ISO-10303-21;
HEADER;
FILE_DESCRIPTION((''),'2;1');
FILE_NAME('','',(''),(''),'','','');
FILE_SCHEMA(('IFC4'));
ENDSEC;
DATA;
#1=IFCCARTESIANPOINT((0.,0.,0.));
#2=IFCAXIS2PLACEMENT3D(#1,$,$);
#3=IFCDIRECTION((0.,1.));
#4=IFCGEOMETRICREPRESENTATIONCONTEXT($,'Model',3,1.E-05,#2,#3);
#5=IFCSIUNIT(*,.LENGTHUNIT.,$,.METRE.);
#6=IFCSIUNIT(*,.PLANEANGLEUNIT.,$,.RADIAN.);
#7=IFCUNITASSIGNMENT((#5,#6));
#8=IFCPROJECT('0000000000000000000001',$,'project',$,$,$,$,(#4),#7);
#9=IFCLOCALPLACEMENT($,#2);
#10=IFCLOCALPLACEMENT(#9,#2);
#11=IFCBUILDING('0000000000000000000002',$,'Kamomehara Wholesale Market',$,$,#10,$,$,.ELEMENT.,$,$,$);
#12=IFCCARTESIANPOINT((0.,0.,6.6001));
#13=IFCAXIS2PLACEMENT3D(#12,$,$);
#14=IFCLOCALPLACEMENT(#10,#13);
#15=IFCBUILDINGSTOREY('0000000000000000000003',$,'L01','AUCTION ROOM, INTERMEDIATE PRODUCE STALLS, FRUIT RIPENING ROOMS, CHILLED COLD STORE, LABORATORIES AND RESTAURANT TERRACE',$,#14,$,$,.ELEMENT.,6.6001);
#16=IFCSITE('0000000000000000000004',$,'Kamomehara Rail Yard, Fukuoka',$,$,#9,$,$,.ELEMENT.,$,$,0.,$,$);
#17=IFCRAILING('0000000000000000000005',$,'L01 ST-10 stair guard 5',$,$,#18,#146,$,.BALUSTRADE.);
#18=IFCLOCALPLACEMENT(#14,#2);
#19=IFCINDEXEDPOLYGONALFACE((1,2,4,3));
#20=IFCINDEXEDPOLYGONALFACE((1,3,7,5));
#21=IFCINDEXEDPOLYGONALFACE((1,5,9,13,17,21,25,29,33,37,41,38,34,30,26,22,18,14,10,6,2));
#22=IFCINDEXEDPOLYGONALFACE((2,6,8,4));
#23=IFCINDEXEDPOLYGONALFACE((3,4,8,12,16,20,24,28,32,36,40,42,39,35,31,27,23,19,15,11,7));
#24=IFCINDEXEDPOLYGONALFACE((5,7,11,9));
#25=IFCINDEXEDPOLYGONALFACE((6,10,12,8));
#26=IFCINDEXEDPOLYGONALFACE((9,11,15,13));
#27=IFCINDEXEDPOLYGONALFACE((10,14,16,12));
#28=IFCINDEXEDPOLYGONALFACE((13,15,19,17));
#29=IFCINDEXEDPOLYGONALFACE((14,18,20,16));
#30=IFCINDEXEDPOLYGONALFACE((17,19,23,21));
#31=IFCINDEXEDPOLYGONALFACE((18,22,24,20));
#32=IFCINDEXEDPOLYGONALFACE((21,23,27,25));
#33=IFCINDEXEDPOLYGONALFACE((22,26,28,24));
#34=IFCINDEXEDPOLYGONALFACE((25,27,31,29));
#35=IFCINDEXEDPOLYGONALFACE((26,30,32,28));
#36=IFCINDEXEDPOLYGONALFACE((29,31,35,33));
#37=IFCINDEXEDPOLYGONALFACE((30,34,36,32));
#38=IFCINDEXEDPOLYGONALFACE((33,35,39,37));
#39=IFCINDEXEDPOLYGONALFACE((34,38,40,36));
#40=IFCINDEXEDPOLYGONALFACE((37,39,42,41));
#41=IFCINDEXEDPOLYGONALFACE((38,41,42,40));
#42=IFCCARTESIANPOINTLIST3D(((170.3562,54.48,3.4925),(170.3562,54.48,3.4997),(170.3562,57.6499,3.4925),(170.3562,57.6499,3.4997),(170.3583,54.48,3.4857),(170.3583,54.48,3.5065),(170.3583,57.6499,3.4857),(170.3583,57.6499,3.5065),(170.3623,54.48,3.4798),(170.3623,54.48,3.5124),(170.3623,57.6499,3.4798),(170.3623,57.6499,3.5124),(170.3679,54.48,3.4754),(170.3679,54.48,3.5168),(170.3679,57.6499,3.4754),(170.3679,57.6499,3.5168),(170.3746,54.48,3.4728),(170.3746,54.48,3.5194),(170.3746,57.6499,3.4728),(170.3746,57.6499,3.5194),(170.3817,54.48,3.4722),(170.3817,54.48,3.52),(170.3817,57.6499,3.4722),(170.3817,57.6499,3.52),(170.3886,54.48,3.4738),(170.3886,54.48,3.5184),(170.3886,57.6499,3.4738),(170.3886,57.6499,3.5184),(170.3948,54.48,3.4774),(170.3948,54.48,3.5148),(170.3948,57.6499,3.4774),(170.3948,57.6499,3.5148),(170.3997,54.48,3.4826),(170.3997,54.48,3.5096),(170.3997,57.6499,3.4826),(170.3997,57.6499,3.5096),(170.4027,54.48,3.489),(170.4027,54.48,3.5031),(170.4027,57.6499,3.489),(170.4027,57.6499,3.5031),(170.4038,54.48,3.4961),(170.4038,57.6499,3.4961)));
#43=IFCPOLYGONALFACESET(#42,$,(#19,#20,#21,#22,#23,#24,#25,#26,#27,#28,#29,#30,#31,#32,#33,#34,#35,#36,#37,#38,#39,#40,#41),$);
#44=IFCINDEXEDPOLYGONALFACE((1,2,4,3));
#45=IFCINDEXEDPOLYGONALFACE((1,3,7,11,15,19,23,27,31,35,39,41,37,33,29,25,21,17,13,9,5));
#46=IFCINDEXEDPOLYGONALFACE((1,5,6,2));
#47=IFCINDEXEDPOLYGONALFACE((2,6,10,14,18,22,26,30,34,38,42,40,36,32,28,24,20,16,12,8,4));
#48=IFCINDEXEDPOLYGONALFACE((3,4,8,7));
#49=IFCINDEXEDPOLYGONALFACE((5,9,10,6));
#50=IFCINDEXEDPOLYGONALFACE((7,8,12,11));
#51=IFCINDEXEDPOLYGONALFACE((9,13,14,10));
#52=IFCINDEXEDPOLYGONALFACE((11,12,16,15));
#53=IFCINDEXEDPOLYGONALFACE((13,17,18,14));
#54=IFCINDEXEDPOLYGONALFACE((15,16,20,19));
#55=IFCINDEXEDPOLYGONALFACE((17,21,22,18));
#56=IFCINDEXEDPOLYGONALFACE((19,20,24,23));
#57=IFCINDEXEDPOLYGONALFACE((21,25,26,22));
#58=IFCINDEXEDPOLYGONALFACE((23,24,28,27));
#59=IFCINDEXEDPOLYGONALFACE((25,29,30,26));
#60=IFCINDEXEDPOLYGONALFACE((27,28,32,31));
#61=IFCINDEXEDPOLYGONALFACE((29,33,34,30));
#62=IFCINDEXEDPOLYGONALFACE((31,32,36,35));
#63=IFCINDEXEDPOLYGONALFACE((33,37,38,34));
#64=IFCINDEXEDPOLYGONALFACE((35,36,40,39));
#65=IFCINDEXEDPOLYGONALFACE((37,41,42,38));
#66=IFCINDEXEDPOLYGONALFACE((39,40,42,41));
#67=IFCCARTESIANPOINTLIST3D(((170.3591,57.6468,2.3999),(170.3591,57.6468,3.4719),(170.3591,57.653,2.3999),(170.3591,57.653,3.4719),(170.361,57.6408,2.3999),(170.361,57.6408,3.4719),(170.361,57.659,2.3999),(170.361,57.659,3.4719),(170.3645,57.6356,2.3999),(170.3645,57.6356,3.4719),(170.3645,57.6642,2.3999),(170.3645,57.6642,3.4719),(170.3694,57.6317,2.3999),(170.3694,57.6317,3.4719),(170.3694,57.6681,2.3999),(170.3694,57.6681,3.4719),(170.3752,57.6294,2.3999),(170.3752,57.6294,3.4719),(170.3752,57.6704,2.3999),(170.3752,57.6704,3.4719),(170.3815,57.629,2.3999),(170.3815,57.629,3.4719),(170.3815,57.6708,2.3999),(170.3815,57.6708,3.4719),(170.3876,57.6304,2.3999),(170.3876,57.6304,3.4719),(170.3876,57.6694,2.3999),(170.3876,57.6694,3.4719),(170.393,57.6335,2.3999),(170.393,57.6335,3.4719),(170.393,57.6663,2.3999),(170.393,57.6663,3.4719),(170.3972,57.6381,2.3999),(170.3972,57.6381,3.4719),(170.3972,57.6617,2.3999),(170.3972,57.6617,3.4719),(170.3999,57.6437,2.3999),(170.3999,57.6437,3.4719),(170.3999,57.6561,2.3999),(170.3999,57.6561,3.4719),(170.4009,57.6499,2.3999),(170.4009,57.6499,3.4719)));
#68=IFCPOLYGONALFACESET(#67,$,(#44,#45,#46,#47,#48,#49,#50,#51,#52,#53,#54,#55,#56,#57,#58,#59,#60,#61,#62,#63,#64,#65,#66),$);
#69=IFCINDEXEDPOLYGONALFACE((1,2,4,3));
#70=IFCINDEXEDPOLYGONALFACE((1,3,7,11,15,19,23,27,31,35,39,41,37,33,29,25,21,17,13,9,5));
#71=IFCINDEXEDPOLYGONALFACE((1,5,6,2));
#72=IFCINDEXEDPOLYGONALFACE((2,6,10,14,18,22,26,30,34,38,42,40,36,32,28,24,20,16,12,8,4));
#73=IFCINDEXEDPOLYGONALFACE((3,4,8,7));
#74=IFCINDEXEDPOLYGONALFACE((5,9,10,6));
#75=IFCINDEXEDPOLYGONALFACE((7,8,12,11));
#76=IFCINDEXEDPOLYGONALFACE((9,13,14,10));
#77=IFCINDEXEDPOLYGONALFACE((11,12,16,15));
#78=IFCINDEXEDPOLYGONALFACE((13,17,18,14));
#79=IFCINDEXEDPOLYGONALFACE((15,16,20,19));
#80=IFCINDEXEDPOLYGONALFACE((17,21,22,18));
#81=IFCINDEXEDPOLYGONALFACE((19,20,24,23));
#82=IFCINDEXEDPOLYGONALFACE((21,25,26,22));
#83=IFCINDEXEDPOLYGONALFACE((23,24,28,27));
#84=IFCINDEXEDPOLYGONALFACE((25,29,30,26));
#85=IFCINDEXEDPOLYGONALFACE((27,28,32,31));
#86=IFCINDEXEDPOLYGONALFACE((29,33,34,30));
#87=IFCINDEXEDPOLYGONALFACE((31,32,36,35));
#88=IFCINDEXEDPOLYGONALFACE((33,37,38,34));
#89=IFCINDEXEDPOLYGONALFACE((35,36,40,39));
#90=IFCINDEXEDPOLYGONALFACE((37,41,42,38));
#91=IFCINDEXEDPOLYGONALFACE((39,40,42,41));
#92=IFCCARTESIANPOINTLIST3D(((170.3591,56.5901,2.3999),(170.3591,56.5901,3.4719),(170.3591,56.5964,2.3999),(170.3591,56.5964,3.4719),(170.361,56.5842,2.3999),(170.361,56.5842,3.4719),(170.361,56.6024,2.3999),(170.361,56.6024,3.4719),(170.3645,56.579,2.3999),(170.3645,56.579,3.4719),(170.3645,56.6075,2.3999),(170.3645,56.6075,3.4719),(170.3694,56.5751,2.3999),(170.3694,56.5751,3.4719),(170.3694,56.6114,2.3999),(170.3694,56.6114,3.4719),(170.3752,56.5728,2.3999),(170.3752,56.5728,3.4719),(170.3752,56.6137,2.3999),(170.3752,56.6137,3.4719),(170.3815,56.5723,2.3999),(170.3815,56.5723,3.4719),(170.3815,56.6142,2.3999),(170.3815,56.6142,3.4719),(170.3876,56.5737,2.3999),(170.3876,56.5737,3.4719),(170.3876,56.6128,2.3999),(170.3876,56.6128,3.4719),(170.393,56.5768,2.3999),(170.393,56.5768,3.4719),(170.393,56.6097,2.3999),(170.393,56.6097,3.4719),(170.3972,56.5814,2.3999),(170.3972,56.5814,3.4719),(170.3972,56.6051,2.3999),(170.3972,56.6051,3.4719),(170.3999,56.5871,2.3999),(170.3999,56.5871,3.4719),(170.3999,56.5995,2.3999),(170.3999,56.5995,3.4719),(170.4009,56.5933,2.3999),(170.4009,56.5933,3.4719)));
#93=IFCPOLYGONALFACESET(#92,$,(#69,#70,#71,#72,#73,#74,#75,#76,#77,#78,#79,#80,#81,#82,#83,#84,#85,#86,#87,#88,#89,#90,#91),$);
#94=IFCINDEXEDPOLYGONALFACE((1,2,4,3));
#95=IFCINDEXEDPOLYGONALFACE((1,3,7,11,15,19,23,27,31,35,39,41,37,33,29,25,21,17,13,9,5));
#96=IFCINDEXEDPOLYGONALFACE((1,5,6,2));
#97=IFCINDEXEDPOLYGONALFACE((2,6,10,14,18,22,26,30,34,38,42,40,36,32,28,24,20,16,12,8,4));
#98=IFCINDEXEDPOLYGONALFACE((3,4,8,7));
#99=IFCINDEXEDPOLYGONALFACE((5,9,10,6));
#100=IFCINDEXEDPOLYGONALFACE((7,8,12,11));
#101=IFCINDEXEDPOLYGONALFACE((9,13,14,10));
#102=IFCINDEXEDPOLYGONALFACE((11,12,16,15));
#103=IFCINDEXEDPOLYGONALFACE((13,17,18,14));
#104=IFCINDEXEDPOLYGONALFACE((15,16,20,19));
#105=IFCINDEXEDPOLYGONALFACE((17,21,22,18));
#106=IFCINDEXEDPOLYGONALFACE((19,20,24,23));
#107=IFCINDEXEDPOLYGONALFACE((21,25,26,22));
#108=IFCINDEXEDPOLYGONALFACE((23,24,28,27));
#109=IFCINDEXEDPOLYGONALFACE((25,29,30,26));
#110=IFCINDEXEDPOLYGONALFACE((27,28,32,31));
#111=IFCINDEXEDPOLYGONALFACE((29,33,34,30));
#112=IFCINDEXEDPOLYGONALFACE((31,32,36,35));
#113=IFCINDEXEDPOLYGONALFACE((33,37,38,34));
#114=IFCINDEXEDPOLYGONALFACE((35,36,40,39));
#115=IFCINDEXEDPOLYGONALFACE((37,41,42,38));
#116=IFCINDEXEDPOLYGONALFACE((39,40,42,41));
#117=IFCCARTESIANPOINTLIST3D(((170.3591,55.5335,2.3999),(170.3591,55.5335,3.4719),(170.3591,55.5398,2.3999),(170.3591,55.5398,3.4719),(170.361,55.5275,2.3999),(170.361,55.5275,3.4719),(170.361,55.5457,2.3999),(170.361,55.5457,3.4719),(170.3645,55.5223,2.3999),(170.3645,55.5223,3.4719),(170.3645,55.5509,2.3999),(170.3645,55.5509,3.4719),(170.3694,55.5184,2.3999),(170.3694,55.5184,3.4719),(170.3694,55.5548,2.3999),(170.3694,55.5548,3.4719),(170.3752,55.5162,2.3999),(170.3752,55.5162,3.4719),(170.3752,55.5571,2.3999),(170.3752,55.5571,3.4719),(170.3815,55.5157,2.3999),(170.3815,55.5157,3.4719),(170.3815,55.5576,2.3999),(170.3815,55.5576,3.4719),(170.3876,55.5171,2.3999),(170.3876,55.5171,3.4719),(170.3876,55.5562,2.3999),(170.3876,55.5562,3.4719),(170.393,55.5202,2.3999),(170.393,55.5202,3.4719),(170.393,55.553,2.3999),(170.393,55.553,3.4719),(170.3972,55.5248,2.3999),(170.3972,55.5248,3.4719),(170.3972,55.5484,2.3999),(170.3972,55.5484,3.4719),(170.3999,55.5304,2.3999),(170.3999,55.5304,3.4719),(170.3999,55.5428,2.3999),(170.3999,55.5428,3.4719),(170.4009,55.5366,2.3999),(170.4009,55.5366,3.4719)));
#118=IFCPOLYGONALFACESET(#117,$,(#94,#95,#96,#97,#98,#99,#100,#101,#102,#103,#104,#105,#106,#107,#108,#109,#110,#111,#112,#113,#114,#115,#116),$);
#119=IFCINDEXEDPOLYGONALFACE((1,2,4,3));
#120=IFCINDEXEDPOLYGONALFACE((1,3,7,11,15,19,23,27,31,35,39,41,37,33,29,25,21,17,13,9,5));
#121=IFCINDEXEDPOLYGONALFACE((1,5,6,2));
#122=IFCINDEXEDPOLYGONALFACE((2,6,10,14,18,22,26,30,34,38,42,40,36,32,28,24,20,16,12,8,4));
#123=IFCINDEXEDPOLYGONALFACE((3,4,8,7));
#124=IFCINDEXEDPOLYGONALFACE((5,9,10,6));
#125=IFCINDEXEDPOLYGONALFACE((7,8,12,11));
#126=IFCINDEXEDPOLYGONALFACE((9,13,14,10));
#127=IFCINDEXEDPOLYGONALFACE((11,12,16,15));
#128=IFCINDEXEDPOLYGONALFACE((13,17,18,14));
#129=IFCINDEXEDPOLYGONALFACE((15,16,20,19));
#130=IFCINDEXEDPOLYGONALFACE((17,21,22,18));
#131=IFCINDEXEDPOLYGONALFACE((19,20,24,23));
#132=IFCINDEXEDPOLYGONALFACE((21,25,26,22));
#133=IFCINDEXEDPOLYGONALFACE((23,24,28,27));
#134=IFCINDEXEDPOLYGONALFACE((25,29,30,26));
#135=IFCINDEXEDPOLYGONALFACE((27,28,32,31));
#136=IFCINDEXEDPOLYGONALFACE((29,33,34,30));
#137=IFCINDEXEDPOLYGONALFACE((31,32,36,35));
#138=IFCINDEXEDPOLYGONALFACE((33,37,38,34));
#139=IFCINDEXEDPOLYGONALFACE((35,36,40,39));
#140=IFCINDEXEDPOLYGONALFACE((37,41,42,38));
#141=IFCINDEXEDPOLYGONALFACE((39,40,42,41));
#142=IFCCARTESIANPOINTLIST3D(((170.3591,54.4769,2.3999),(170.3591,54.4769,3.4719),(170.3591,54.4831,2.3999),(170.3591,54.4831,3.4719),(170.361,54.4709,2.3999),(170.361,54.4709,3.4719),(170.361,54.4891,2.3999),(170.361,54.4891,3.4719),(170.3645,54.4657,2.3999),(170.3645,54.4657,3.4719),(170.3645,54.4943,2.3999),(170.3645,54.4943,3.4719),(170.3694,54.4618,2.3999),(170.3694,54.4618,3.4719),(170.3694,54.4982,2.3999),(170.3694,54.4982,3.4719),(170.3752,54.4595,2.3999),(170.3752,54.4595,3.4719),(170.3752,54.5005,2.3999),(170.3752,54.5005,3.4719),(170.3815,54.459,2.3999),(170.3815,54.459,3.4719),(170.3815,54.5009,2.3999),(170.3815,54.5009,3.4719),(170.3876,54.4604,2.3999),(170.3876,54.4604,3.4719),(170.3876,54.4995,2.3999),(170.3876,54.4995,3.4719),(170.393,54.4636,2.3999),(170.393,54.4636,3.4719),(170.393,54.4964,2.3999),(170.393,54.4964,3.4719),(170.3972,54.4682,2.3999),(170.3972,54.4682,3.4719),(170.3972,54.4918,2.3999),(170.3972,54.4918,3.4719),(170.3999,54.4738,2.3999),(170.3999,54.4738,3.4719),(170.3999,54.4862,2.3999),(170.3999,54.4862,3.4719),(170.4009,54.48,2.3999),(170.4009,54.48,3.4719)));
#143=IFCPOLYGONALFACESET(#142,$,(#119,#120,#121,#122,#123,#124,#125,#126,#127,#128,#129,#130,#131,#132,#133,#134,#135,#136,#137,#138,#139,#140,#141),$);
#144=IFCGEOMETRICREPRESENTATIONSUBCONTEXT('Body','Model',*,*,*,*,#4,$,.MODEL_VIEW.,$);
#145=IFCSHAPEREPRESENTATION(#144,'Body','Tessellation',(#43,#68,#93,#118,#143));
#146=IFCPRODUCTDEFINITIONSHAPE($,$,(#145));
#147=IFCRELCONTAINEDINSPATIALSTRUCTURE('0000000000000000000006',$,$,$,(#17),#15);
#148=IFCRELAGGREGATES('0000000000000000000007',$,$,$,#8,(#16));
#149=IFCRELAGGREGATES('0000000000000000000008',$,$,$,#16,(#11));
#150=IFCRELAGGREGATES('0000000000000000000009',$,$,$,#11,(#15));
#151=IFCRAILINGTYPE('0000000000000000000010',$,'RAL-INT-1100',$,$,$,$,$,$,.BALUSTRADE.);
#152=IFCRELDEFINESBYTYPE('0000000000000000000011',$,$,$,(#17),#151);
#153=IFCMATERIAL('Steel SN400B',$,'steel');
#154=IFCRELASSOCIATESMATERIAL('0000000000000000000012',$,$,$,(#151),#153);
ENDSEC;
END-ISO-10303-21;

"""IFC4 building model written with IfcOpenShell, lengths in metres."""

from ifc_helpers import new_model, si_unit, direction, frame, origin, origin_2d, place, context, subcontext, project, spatial, circle, extrude, material, type_object, element, save


model = new_model("IFC4")

# Units and contexts
model_context = context("Model", 3, precision=1e-05, world=origin(), true_north=direction((0.0, 1.0)))
body_context = subcontext(model_context, "Body", "Model", "MODEL_VIEW")
ifc_project = project(units=[si_unit("LENGTHUNIT", "METRE"), si_unit("PLANEANGLEUNIT", "RADIAN")], contexts=[model_context])

# Site, building, storey
site_placement = place(None, origin())
site = spatial("IfcSite", under=ifc_project, at=site_placement, Name="Kamomehara Rail Yard, Fukuoka", CompositionType="ELEMENT", RefElevation=0.0)
building_placement = place(site_placement, origin())
building = spatial("IfcBuilding", under=site, at=building_placement, Name="Kamomehara Wholesale Market", CompositionType="ELEMENT")
storey_placement = place(building_placement, frame((0.0, 0.0, 6.6001)))
storey = spatial("IfcBuildingStorey", under=building, at=storey_placement, Name="L01", Description="AUCTION ROOM, INTERMEDIATE PRODUCE STALLS, FRUIT RIPENING ROOMS, CHILLED COLD STORE, LABORATORIES AND RESTAURANT TERRACE", CompositionType="ELEMENT", Elevation=6.6001)

# Railing
ifc_material_1 = material(Name="Steel SN400B", Category="steel")
railing_type_1 = type_object("IfcRailingType", Name="RAL-INT-1100", PredefinedType="BALUSTRADE", material=ifc_material_1)
railing_1_placement = place(storey_placement, frame((170.3799, 57.6499, 2.3999)))
element("IfcRailing", 1, at=railing_1_placement, inside=storey, type_object=railing_type_1, Name="L01 ST-10 stair guard 5", PredefinedType="BALUSTRADE", context=body_context, shape_type="SweptSolid", body=[
    extrude(circle(Radius=0.0239, at=origin_2d()), frame((0.0, 0.0, 1.0962), z_axis=(0.0, -1.0, 0.0), x_axis=(1.0, 0.0, 0.0)), (0.0, 0.0, 1.0), 3.1699),
    extrude(circle(Radius=0.021, at=origin_2d()), origin(), (0.0, 0.0, 1.0), 1.072),
    extrude(circle(Radius=0.021, at=origin_2d()), frame((0.0, -1.0566, 0.0)), (0.0, 0.0, 1.0), 1.072),
    extrude(circle(Radius=0.021, at=origin_2d()), frame((0.0, -2.1133, 0.0)), (0.0, 0.0, 1.0), 1.072),
    extrude(circle(Radius=0.021, at=origin_2d()), frame((0.0, -3.1699, 0.0)), (0.0, 0.0, 1.0), 1.072),
])

save(model, "model.ifc")
